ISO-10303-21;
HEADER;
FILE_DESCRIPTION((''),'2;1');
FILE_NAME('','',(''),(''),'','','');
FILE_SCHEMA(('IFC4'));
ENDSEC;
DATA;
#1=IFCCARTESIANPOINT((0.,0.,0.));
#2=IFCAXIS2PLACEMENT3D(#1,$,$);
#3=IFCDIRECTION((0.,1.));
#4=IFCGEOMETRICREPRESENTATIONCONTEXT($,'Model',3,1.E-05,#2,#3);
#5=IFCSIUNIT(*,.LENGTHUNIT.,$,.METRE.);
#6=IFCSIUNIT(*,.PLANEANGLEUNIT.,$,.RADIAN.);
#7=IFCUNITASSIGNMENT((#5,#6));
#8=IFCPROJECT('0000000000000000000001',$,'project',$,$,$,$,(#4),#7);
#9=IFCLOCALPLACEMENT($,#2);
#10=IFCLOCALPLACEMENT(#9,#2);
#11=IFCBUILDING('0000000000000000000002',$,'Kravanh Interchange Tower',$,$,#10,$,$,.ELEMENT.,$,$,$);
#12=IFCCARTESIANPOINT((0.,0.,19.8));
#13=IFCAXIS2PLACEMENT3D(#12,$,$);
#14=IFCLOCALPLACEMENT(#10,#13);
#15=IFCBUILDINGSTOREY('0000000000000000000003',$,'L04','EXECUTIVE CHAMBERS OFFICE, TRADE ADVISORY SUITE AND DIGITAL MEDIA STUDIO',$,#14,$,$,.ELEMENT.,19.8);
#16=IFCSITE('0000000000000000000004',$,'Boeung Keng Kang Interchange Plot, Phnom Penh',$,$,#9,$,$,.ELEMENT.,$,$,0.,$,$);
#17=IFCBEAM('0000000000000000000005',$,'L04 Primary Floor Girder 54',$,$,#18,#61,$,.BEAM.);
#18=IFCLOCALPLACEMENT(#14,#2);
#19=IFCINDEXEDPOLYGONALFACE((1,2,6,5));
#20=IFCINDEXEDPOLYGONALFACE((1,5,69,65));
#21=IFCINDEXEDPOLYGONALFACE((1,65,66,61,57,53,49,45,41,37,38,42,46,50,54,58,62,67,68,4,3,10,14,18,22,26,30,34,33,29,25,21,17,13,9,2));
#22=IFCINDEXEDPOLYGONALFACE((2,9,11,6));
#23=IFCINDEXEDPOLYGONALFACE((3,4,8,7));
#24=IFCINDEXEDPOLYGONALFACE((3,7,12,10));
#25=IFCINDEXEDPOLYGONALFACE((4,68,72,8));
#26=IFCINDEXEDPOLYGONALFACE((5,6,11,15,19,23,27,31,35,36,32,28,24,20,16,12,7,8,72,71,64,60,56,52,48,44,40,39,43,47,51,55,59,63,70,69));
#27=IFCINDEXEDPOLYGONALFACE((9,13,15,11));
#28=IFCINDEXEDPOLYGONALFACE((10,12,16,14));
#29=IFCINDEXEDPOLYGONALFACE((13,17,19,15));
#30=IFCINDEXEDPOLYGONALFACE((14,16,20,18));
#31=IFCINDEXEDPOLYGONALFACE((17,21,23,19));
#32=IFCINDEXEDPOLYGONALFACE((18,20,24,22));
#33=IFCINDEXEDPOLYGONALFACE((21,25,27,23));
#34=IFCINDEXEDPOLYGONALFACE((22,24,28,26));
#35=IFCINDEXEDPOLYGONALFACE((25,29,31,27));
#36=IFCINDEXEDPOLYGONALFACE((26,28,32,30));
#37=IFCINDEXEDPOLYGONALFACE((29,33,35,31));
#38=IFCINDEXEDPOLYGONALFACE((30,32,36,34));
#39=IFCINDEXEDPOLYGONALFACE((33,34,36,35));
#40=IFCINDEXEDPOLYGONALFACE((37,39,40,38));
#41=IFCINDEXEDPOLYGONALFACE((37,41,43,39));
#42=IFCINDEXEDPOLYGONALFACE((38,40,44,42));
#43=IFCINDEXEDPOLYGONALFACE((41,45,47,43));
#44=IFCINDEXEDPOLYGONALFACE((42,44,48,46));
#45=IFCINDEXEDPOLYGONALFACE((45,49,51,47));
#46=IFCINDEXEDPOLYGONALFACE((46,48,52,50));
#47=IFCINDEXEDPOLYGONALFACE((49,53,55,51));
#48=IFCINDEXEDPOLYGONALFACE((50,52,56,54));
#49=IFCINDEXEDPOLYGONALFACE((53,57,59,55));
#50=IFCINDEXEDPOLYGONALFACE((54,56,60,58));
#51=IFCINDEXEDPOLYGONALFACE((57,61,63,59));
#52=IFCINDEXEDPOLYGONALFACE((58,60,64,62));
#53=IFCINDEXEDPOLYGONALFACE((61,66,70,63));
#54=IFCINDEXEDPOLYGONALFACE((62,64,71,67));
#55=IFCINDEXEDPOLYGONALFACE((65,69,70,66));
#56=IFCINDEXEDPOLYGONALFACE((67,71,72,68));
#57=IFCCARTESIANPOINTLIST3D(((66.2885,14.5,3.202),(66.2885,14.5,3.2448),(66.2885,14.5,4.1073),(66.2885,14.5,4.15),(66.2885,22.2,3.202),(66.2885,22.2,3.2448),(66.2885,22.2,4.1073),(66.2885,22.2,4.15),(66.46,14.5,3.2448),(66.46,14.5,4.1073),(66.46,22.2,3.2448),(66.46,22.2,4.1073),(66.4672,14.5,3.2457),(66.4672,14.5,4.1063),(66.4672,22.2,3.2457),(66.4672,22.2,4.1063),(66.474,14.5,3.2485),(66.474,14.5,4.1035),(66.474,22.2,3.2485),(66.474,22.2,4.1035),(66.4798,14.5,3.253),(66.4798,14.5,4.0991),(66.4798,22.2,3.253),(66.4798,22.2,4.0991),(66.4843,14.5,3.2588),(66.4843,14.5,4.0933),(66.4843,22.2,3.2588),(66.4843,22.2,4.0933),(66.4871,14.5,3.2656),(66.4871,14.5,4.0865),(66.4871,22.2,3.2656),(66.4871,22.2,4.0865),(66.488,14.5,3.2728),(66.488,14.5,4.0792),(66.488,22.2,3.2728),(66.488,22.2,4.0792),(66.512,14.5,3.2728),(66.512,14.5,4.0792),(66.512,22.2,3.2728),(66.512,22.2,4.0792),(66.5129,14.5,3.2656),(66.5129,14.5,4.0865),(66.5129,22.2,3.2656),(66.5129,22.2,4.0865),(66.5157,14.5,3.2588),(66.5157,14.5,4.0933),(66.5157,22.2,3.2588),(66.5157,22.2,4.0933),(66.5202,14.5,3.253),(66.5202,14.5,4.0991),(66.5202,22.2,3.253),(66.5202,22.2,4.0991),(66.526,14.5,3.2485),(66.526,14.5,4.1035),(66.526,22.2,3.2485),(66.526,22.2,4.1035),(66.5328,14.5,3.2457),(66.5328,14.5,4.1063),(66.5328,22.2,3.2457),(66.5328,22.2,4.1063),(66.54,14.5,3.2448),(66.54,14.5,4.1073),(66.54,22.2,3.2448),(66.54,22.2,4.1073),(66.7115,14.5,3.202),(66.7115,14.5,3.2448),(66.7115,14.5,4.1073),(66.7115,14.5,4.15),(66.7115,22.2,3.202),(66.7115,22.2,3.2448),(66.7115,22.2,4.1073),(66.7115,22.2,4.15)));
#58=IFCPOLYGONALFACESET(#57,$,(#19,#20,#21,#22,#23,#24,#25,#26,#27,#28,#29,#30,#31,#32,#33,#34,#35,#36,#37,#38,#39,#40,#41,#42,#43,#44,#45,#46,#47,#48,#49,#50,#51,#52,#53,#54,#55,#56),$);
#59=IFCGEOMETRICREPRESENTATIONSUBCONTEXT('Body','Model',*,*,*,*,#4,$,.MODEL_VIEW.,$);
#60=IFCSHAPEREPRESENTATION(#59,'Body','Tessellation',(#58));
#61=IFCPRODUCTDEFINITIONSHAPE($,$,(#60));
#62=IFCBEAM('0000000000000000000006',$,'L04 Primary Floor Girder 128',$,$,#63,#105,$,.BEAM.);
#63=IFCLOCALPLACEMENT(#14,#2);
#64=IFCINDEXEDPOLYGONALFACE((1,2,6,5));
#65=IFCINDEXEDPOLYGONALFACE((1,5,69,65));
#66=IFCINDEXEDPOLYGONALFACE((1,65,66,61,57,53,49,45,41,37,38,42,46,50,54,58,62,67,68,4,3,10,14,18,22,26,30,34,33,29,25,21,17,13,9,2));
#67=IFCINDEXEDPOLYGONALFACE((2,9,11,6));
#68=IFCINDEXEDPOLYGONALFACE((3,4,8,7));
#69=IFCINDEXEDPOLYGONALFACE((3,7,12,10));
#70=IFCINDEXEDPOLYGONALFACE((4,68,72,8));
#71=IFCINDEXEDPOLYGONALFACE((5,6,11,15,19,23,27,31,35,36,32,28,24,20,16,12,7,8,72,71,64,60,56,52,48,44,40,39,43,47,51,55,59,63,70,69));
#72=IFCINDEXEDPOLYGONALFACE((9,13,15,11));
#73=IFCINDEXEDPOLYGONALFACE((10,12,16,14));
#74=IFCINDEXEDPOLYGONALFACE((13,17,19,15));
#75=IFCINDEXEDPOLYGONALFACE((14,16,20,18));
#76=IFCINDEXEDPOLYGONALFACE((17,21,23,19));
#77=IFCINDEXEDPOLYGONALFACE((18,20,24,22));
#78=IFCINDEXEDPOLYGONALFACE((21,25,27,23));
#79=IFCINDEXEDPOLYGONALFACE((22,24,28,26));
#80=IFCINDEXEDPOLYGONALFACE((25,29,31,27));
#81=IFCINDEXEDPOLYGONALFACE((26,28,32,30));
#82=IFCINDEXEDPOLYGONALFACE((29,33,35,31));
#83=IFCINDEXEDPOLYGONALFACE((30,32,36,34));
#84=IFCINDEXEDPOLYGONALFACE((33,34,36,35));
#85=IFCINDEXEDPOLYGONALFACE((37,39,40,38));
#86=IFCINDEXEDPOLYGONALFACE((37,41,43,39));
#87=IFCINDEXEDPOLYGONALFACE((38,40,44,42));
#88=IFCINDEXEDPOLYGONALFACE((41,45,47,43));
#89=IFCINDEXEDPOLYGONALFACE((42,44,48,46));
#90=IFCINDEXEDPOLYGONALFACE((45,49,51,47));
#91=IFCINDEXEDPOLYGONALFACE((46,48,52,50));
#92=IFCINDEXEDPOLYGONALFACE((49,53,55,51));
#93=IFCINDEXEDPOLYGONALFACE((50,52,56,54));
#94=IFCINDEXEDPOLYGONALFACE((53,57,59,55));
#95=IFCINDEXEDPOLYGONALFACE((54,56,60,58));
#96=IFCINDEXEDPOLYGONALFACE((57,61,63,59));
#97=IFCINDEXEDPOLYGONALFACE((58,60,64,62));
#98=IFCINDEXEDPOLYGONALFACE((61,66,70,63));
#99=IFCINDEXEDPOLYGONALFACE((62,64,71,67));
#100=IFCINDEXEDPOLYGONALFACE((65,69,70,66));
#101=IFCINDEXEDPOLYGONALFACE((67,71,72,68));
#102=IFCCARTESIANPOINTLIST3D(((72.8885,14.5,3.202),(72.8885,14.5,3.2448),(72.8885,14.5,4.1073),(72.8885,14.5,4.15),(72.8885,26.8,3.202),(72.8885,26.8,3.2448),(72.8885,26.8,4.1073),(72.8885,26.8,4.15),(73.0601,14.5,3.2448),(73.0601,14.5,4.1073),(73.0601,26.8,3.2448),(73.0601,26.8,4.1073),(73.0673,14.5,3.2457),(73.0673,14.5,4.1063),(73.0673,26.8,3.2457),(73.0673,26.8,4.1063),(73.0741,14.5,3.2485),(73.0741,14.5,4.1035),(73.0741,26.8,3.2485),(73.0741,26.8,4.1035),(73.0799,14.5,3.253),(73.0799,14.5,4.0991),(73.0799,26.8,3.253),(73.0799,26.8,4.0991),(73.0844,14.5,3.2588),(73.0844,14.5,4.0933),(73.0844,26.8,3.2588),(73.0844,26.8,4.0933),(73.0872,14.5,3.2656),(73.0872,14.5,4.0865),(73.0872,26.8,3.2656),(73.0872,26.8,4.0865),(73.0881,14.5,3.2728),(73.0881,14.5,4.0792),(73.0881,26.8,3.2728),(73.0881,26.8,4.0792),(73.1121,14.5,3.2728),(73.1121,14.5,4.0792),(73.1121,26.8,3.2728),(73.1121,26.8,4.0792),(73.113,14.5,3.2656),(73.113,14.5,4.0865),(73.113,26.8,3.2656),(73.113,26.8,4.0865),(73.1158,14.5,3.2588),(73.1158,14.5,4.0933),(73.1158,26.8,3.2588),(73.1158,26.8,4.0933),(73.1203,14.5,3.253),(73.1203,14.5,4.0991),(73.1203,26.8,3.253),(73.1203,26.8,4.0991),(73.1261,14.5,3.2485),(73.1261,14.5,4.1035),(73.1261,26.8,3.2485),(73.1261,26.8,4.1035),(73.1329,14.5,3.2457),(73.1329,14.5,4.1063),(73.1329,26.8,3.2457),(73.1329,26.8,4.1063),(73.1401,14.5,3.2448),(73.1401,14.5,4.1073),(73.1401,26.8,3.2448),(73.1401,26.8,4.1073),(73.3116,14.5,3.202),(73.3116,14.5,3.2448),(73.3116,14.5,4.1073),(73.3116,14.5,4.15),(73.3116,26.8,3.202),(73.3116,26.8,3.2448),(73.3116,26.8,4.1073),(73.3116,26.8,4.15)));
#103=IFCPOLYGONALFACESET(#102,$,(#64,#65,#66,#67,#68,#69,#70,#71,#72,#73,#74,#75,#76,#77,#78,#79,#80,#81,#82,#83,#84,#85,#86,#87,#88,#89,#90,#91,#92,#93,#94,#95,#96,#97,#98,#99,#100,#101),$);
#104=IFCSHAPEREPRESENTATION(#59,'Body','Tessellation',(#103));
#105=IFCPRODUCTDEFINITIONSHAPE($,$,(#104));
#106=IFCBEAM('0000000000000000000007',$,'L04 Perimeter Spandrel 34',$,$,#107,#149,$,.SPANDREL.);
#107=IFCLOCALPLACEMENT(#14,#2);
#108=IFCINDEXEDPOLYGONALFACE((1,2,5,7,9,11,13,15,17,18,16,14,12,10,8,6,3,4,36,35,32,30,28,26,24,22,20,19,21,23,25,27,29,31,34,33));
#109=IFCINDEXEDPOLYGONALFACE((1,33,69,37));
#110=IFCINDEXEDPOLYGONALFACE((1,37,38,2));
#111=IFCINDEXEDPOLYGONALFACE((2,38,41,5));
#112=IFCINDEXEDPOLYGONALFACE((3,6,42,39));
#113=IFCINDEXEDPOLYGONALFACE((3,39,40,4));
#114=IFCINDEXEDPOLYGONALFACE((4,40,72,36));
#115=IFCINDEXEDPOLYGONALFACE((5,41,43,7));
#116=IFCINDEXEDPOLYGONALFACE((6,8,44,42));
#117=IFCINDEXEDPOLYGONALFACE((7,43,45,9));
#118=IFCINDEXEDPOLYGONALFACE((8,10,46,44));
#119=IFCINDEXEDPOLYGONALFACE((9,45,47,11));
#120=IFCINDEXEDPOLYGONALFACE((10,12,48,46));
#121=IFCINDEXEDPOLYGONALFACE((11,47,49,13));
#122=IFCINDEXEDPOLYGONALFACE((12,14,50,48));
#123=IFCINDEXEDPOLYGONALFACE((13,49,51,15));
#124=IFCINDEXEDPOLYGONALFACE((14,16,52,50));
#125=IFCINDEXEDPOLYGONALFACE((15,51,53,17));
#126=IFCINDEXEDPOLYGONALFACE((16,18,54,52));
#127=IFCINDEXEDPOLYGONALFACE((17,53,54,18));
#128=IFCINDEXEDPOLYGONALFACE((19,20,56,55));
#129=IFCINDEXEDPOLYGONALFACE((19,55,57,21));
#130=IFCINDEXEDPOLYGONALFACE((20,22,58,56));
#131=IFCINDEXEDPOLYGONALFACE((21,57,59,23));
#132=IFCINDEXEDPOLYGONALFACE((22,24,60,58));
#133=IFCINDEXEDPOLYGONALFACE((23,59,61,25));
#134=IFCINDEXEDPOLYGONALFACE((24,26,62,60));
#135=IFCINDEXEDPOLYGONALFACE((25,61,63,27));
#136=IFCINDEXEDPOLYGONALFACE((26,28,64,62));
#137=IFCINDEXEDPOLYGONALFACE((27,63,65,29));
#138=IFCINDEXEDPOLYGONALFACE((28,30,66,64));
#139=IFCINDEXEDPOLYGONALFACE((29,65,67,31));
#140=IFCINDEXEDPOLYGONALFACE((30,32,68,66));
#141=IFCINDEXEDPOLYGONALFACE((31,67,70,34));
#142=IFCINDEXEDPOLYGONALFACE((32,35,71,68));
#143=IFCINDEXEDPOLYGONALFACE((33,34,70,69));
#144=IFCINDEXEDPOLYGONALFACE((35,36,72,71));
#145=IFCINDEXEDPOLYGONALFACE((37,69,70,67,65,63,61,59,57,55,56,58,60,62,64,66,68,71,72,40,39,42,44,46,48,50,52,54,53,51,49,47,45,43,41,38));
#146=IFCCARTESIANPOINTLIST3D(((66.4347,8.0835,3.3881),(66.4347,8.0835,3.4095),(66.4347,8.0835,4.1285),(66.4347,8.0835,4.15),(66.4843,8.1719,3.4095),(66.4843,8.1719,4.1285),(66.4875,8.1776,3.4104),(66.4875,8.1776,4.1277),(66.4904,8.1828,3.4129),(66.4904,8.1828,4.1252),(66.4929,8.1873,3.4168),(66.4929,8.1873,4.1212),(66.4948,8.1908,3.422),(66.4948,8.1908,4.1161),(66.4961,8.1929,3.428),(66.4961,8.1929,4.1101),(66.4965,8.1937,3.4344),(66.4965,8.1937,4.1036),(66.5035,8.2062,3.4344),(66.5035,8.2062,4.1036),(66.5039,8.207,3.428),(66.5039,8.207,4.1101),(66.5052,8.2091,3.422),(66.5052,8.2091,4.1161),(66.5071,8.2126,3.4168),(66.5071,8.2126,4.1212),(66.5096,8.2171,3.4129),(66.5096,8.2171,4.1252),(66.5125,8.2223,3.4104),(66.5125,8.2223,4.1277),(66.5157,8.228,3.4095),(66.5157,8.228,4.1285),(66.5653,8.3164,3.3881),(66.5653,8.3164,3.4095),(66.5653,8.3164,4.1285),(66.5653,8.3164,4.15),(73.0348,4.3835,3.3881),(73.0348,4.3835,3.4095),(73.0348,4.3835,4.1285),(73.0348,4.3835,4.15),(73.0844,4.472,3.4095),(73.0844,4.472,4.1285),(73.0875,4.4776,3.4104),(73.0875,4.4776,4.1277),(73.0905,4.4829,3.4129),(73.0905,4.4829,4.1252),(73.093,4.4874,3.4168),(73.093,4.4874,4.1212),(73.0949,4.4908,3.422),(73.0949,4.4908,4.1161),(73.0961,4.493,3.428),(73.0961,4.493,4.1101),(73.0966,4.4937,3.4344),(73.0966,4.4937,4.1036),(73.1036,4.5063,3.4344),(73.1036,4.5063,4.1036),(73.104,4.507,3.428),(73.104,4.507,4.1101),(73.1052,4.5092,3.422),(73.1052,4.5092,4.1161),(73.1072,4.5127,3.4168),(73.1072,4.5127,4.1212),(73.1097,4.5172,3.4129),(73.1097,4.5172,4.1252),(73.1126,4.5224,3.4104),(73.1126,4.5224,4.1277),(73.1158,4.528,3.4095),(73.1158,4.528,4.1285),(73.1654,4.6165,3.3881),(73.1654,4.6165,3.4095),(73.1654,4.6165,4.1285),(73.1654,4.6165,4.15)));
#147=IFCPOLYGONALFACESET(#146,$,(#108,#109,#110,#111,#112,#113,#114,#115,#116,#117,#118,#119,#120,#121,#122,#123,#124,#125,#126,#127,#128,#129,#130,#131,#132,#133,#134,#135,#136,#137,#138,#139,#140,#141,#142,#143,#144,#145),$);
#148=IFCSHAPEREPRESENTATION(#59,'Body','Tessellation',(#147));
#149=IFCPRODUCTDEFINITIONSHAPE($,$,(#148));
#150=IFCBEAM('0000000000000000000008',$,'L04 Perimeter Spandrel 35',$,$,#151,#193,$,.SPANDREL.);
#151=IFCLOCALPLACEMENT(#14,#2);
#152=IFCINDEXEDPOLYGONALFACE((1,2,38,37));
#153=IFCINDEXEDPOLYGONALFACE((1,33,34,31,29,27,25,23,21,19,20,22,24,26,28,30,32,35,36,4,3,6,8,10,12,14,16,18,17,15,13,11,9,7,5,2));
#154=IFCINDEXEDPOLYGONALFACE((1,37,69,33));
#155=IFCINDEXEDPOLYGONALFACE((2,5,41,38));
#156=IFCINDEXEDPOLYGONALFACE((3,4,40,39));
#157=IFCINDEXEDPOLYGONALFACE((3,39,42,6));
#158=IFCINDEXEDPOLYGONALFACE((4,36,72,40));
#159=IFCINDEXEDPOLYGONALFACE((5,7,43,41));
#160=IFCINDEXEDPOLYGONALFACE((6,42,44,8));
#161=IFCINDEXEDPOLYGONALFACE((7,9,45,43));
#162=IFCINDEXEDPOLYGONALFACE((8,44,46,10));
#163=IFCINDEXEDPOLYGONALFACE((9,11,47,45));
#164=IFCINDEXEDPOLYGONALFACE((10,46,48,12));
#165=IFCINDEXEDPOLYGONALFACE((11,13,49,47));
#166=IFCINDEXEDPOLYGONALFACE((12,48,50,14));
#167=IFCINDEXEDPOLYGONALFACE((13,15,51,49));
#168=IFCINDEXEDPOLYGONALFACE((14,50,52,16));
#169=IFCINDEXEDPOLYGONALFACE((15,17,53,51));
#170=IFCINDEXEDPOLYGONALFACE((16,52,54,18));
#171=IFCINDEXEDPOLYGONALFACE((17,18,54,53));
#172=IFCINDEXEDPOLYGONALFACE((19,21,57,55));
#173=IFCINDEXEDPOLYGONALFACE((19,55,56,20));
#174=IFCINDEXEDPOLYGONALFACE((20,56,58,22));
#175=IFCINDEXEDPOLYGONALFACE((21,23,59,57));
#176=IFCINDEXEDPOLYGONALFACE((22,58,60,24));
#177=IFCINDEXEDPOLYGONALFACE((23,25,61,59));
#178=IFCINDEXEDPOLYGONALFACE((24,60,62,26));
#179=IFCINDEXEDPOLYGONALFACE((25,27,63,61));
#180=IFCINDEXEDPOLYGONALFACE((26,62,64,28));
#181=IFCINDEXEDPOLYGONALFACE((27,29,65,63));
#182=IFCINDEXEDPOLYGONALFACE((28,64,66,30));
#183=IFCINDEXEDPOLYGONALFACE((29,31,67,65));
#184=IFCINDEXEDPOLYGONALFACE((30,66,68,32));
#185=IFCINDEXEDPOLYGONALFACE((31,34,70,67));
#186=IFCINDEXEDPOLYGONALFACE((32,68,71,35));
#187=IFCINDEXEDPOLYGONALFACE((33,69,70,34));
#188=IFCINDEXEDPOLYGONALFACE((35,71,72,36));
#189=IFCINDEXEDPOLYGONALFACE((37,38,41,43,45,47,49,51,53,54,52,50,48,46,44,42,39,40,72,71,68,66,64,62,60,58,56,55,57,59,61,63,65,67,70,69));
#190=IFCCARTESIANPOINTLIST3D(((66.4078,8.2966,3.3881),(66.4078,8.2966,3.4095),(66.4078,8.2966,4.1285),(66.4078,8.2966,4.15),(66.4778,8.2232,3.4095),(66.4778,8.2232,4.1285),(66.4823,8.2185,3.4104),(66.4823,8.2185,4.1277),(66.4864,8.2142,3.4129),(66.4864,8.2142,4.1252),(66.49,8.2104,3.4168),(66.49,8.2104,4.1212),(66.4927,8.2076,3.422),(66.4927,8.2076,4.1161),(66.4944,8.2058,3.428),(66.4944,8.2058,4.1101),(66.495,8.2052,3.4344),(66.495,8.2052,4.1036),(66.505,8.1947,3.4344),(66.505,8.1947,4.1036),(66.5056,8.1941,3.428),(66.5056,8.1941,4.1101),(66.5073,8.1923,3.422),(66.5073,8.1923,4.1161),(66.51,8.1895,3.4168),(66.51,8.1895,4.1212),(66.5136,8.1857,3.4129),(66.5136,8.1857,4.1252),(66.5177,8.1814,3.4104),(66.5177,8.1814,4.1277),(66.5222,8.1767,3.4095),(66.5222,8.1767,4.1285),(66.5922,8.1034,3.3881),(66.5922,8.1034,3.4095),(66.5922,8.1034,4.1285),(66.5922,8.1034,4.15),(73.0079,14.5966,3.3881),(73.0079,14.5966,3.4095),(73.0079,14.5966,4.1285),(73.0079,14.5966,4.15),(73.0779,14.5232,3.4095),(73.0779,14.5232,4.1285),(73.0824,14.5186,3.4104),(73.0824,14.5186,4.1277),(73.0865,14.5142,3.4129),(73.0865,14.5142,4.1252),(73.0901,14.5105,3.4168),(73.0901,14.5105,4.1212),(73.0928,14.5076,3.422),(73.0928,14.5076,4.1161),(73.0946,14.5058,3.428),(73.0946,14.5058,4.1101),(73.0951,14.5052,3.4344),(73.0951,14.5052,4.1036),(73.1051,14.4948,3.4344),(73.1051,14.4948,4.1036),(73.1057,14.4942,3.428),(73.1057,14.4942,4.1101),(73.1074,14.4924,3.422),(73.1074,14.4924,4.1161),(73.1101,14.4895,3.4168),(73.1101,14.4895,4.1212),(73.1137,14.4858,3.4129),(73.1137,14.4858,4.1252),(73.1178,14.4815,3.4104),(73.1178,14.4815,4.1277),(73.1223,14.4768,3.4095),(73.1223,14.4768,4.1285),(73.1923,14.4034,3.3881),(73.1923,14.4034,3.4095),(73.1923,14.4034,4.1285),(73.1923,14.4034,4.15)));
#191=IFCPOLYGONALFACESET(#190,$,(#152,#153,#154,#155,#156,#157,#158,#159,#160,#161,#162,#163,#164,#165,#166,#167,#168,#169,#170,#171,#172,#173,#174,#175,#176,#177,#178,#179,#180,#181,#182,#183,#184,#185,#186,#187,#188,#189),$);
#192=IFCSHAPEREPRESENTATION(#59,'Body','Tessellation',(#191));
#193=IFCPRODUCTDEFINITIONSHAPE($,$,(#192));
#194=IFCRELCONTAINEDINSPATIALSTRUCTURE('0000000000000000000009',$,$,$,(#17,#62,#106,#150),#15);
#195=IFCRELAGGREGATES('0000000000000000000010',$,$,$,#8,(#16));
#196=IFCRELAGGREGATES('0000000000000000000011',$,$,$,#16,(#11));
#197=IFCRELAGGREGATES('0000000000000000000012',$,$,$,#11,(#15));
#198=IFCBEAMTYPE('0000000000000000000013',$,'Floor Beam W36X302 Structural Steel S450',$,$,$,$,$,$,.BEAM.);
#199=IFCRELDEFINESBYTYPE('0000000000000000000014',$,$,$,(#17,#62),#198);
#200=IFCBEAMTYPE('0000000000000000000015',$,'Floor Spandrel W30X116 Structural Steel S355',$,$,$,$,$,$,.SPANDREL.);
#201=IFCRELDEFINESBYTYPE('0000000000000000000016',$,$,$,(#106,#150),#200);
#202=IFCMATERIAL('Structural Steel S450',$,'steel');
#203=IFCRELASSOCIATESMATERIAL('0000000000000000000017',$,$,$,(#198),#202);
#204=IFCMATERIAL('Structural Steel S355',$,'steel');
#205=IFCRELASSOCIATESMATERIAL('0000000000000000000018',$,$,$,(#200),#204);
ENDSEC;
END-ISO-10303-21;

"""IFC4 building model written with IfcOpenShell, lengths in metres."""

from ifc_helpers import new_model, si_unit, direction, frame, origin, origin_2d, place, context, subcontext, project, spatial, i_section, extrude, material, material_profile, profile_set, type_object, element, save


model = new_model("IFC4")

# Units and contexts
model_context = context("Model", 3, precision=1e-05, world=origin(), true_north=direction((0.0, 1.0)))
body_context = subcontext(model_context, "Body", "Model", "MODEL_VIEW")
ifc_project = project(units=[si_unit("LENGTHUNIT", "METRE"), si_unit("PLANEANGLEUNIT", "RADIAN")], contexts=[model_context])

# Site, building, storey
site_placement = place(None, origin())
site = spatial("IfcSite", under=ifc_project, at=site_placement, Name="Boeung Keng Kang Interchange Plot, Phnom Penh", CompositionType="ELEMENT", RefElevation=0.0)
building_placement = place(site_placement, origin())
building = spatial("IfcBuilding", under=site, at=building_placement, Name="Kravanh Interchange Tower", CompositionType="ELEMENT")
storey_placement = place(building_placement, frame((0.0, 0.0, 19.8)))
storey = spatial("IfcBuildingStorey", under=building, at=storey_placement, Name="L04", Description="EXECUTIVE CHAMBERS OFFICE, TRADE ADVISORY SUITE AND DIGITAL MEDIA STUDIO", CompositionType="ELEMENT", Elevation=19.8)

# Beams
ifc_material_1 = material(Name="Structural Steel S450", Category="steel")
ifc_material_profile_1 = material_profile(ifc_material_1, i_section(OverallWidth=0.4231, OverallDepth=0.948, WebThickness=0.0239, FlangeThickness=0.0427, FilletRadius=0.0281, at=origin_2d()), Name="W36X302")
ifc_profile_set_1 = profile_set([ifc_material_profile_1], Name="Structural Steel S450")
beam_type_1 = type_object("IfcBeamType", Name="Floor Beam W36X302 Structural Steel S450", PredefinedType="BEAM", material=ifc_profile_set_1)
beam_1_placement = place(storey_placement, frame((66.5, 14.5, 3.676), z_axis=(0.0, 1.0, 0.0), x_axis=(-1.0, 0.0, 0.0)))
element("IfcBeam", 1, at=beam_1_placement, inside=storey, type_object=beam_type_1, Name="L04 Primary Floor Girder 54", PredefinedType="BEAM", context=body_context, shape_type="SweptSolid", body=[
    extrude(i_section(OverallWidth=0.4231, OverallDepth=0.948, WebThickness=0.0239, FlangeThickness=0.0427, FilletRadius=0.0281, at=origin_2d()), origin(), (0.0, 0.0, 1.0), 7.7),
])
beam_2_placement = place(storey_placement, frame((73.1001, 14.5, 3.676), z_axis=(0.0, 1.0, 0.0), x_axis=(-1.0, 0.0, 0.0)))
element("IfcBeam", 2, at=beam_2_placement, inside=storey, type_object=beam_type_1, Name="L04 Primary Floor Girder 128", PredefinedType="BEAM", context=body_context, shape_type="SweptSolid", body=[
    extrude(i_section(OverallWidth=0.4231, OverallDepth=0.948, WebThickness=0.0239, FlangeThickness=0.0427, FilletRadius=0.0281, at=origin_2d()), origin(), (0.0, 0.0, 1.0), 12.3),
])
ifc_material_2 = material(Name="Structural Steel S355", Category="steel")
ifc_material_profile_2 = material_profile(ifc_material_2, i_section(OverallWidth=0.2671, OverallDepth=0.762, WebThickness=0.0144, FlangeThickness=0.0215, FilletRadius=0.0249, at=origin_2d()), Name="W30X116")
ifc_profile_set_2 = profile_set([ifc_material_profile_2], Name="Structural Steel S355")
beam_type_2 = type_object("IfcBeamType", Name="Floor Spandrel W30X116 Structural Steel S355", PredefinedType="SPANDREL", material=ifc_profile_set_2)
beam_3_placement = place(storey_placement, frame((66.5, 8.2, 3.769), z_axis=(0.872286, -0.488995, 0.0), x_axis=(0.488995, 0.872286, 0.0)))
element("IfcBeam", 3, at=beam_3_placement, inside=storey, type_object=beam_type_2, Name="L04 Perimeter Spandrel 34", PredefinedType="SPANDREL", context=body_context, shape_type="SweptSolid", body=[
    extrude(i_section(OverallWidth=0.2671, OverallDepth=0.762, WebThickness=0.0144, FlangeThickness=0.0215, FilletRadius=0.0249, at=origin_2d()), origin(), (0.0, 0.0, 1.0), 7.5664),
])
beam_4_placement = place(storey_placement, frame((66.5, 8.2, 3.769), z_axis=(0.723358, 0.690473, 0.0), x_axis=(-0.690473, 0.723358, 0.0)))
element("IfcBeam", 4, at=beam_4_placement, inside=storey, type_object=beam_type_2, Name="L04 Perimeter Spandrel 35", PredefinedType="SPANDREL", context=body_context, shape_type="SweptSolid", body=[
    extrude(i_section(OverallWidth=0.2671, OverallDepth=0.762, WebThickness=0.0144, FlangeThickness=0.0215, FilletRadius=0.0249, at=origin_2d()), origin(), (0.0, 0.0, 1.0), 9.1243),
])

save(model, "model.ifc")
